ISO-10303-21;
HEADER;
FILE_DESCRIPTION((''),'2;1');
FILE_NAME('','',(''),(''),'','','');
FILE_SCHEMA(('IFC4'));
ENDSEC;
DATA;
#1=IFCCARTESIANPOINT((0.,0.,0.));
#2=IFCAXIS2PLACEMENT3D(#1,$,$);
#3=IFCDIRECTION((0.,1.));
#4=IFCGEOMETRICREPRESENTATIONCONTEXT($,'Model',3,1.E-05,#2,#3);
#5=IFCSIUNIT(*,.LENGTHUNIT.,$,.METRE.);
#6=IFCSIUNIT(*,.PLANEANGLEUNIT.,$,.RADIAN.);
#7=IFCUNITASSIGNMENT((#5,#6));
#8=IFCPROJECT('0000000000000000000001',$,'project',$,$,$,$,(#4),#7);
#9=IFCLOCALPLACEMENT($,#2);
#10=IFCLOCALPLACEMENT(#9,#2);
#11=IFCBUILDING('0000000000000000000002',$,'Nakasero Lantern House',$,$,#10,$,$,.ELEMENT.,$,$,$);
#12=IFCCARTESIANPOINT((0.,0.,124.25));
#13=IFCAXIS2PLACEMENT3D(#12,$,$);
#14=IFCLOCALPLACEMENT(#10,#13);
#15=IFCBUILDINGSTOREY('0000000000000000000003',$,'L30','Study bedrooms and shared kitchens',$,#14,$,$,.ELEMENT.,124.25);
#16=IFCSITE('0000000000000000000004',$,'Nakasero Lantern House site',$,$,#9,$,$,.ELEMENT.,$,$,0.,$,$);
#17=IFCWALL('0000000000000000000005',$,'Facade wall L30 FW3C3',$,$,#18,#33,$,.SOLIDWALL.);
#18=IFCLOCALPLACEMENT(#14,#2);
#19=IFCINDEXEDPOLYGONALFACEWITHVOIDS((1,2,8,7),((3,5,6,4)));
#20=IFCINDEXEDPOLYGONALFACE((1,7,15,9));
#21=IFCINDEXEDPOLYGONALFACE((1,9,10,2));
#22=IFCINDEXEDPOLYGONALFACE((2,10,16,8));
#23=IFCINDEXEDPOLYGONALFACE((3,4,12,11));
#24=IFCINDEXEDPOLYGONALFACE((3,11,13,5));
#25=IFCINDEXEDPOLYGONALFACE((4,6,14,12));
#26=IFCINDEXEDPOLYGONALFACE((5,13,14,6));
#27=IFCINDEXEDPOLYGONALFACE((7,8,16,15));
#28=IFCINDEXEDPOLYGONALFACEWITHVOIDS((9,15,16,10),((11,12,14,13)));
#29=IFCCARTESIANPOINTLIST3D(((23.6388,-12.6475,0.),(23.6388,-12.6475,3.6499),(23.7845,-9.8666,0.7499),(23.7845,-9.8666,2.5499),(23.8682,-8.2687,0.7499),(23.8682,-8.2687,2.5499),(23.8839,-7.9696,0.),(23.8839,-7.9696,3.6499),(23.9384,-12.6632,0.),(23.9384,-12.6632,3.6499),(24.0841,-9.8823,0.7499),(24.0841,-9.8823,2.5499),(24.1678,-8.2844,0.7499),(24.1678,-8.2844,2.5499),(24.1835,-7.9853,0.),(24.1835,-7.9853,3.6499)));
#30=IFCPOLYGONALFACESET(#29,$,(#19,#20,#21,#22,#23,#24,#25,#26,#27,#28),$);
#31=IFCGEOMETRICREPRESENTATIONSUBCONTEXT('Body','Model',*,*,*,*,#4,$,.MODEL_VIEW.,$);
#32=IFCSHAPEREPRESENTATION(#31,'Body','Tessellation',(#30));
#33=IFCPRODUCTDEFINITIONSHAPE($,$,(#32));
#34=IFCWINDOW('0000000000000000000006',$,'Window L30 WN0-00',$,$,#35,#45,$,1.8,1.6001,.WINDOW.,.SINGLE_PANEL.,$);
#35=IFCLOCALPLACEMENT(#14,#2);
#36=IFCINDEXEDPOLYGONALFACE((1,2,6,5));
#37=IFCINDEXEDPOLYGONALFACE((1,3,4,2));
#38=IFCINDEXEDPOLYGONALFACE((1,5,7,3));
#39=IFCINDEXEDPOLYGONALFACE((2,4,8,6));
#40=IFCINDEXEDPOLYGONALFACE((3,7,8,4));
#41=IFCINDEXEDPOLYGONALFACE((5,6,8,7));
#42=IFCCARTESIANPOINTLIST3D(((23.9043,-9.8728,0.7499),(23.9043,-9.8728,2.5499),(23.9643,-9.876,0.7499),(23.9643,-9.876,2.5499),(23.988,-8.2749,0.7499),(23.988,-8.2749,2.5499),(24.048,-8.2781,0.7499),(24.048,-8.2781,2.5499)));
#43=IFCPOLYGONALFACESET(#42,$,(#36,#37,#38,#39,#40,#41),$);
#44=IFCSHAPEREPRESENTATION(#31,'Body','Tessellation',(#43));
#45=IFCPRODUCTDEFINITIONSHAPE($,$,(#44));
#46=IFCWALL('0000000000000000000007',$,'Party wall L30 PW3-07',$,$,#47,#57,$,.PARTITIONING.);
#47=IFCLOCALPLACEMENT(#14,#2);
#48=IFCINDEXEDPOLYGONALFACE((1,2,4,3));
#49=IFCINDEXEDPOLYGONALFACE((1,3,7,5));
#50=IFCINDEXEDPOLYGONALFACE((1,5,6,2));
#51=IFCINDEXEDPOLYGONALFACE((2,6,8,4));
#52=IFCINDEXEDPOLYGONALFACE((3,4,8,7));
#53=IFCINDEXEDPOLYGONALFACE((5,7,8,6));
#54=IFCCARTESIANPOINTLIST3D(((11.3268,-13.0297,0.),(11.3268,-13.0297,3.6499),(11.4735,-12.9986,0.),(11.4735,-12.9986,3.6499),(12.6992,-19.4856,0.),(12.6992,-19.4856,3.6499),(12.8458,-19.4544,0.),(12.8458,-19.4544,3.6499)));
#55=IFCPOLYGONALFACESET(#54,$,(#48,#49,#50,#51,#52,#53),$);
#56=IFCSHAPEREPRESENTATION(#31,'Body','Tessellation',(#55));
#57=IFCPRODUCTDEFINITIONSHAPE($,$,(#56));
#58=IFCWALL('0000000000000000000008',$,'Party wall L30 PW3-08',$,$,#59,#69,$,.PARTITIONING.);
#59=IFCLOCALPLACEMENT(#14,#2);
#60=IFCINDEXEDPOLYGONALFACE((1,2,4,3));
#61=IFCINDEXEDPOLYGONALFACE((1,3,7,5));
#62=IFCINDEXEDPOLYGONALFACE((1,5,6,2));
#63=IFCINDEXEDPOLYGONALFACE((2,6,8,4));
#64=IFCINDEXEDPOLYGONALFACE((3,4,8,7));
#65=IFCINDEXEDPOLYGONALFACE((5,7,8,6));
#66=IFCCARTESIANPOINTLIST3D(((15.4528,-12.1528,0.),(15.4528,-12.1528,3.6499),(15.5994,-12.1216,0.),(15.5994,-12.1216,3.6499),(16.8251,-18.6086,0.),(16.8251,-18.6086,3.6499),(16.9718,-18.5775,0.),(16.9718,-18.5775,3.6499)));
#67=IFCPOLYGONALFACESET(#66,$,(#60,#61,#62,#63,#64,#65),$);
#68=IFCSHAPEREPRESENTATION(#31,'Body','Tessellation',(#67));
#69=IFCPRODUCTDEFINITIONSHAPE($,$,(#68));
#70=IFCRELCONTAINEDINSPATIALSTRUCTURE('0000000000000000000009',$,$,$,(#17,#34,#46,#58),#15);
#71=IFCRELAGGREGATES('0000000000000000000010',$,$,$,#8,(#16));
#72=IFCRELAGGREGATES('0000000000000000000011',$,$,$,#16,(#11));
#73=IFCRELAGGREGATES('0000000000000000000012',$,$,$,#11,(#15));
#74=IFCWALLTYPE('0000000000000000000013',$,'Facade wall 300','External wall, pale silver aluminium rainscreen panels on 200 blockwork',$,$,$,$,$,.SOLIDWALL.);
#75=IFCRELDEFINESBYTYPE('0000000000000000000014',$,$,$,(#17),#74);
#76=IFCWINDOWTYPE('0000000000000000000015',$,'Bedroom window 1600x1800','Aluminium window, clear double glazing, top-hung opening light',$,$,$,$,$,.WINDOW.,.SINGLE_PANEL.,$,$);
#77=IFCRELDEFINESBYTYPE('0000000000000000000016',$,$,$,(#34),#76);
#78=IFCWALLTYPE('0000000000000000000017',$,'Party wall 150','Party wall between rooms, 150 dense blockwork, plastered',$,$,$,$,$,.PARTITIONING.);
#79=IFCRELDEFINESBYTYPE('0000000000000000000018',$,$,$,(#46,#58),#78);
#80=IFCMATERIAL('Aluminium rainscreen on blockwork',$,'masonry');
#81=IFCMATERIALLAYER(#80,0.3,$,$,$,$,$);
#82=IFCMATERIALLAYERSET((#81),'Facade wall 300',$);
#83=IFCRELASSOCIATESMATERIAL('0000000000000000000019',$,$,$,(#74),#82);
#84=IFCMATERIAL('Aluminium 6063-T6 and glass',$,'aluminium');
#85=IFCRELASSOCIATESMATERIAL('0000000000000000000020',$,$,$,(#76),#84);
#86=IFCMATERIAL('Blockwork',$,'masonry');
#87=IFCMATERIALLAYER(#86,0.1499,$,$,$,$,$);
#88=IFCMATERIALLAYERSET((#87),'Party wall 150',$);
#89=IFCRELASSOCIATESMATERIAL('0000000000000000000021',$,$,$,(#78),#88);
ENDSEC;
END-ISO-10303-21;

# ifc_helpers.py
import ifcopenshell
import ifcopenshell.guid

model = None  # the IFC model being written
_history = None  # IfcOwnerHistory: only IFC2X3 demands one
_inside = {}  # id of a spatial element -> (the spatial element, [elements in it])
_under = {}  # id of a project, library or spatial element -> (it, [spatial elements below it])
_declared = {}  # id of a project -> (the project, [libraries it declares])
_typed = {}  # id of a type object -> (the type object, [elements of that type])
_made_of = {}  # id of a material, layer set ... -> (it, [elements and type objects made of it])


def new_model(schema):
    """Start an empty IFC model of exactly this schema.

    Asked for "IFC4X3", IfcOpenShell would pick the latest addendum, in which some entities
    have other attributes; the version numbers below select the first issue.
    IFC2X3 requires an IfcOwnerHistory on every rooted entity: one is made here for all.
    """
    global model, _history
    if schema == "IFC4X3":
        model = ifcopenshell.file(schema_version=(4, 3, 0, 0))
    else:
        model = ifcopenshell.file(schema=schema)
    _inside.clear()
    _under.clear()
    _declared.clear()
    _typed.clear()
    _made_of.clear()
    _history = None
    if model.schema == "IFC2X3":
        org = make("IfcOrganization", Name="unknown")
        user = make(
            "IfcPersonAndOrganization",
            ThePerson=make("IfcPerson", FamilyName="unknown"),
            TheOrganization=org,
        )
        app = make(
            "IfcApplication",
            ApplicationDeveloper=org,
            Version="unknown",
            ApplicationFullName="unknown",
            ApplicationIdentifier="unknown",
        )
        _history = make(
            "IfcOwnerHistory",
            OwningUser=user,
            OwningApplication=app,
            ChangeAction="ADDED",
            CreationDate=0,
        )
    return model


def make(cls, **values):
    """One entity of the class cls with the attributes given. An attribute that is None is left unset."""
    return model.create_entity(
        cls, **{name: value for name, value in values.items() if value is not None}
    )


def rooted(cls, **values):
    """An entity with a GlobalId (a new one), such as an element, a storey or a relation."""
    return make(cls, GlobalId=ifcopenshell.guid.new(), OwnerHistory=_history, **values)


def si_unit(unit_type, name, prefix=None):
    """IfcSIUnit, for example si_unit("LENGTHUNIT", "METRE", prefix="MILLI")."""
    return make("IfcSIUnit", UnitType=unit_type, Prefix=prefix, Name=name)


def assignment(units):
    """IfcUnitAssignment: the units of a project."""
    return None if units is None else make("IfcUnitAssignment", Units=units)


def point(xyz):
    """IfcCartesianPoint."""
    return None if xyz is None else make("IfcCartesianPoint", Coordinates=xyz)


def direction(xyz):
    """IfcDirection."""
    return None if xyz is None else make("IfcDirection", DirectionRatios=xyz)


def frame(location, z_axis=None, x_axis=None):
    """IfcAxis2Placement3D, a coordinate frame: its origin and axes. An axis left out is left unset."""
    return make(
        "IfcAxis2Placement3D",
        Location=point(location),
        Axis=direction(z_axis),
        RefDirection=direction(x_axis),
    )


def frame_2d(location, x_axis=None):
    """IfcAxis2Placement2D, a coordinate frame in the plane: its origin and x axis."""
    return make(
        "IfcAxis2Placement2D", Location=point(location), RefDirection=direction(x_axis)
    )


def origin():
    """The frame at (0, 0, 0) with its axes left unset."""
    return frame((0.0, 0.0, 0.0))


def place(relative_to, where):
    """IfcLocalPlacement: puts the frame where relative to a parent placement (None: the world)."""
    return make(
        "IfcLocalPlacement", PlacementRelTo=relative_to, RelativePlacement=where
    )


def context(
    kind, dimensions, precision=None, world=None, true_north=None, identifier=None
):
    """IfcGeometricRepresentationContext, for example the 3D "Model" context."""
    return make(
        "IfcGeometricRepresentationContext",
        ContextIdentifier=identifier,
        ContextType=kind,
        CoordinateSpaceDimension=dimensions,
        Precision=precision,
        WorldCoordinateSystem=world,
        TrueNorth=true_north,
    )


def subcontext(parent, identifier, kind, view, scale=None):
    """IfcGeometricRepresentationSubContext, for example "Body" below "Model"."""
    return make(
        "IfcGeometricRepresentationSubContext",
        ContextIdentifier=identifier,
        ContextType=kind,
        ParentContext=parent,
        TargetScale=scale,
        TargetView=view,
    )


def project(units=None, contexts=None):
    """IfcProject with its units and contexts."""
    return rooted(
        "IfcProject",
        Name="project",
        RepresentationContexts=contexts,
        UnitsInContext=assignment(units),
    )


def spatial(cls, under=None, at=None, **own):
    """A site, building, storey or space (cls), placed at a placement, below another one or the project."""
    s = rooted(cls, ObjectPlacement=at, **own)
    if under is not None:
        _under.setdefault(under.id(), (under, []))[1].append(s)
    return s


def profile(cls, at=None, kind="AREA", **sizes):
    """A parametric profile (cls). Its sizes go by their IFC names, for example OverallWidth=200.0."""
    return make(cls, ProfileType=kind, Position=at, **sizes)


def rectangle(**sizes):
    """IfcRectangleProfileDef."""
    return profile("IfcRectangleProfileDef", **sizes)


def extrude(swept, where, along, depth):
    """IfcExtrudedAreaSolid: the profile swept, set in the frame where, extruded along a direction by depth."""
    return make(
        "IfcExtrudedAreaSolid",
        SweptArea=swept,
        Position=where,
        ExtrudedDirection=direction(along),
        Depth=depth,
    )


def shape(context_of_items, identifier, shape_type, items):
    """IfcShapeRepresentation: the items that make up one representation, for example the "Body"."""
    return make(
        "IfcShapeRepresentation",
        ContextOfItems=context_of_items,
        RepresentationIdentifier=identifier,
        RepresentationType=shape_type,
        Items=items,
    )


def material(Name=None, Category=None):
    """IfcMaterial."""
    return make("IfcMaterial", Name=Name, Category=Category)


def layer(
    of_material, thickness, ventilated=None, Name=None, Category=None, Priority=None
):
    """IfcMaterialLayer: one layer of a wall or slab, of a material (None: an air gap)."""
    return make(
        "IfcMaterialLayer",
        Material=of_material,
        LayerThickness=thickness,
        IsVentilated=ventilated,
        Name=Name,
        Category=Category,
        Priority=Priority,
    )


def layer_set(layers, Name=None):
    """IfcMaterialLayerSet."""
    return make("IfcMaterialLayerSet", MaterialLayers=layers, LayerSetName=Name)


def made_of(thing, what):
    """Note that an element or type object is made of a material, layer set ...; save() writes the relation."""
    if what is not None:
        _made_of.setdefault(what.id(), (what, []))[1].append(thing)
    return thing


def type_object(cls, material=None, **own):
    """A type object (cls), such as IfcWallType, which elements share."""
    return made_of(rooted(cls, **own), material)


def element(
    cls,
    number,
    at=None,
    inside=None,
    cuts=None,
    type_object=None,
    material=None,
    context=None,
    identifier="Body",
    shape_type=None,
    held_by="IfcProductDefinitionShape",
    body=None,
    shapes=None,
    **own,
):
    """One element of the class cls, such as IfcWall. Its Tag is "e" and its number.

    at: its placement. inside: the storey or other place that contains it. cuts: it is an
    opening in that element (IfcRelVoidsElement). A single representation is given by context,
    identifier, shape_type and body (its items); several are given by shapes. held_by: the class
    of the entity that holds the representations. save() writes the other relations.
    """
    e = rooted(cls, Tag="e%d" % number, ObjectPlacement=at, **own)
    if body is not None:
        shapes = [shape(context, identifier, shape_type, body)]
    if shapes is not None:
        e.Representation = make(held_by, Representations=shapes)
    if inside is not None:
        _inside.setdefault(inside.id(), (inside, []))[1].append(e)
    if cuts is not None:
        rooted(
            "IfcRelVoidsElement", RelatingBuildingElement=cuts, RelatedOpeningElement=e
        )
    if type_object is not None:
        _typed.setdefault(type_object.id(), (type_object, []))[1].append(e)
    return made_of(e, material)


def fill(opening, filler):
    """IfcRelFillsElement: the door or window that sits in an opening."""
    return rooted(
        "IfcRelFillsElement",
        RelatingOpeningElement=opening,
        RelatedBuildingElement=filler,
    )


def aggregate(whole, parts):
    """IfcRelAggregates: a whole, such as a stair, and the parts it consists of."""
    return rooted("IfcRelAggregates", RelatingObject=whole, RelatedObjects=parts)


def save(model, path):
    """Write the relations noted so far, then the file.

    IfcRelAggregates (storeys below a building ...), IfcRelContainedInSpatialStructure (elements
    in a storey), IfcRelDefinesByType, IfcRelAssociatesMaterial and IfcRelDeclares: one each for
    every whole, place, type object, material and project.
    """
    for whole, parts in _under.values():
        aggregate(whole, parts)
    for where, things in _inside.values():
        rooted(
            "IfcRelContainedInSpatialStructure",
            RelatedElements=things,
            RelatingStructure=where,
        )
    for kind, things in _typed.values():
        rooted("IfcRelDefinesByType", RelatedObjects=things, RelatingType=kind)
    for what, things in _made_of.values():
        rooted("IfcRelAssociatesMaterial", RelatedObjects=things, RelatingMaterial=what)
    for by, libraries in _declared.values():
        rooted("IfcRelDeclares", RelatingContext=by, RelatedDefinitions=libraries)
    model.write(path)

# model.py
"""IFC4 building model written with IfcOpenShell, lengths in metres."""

from ifc_helpers import new_model, si_unit, direction, frame, frame_2d, origin, place, context, subcontext, project, spatial, rectangle, extrude, material, layer, layer_set, type_object, element, fill, save


model = new_model("IFC4")

# Units and contexts
model_context = context("Model", 3, precision=1e-05, world=origin(), true_north=direction((0.0, 1.0)))
body_context = subcontext(model_context, "Body", "Model", "MODEL_VIEW")
ifc_project = project(units=[si_unit("LENGTHUNIT", "METRE"), si_unit("PLANEANGLEUNIT", "RADIAN")], contexts=[model_context])

# Site, building, storey
site_placement = place(None, origin())
site = spatial("IfcSite", under=ifc_project, at=site_placement, Name="Nakasero Lantern House site", CompositionType="ELEMENT", RefElevation=0.0)
building_placement = place(site_placement, origin())
building = spatial("IfcBuilding", under=site, at=building_placement, Name="Nakasero Lantern House", CompositionType="ELEMENT")
storey_placement = place(building_placement, frame((0.0, 0.0, 124.25)))
storey = spatial("IfcBuildingStorey", under=building, at=storey_placement, Name="L30", Description="Study bedrooms and shared kitchens", CompositionType="ELEMENT", Elevation=124.25)

# Shared definitions
ifc_material_1 = material(Name="Aluminium rainscreen on blockwork", Category="masonry")
ifc_layer_1 = layer(ifc_material_1, 0.3)
ifc_layer_set_1 = layer_set([ifc_layer_1], Name="Facade wall 300")
wall_type_1 = type_object("IfcWallType", Name="Facade wall 300", Description="External wall, pale silver aluminium rainscreen panels on 200 blockwork", PredefinedType="SOLIDWALL", material=ifc_layer_set_1)

# Wall, opening, window
wall_1_placement = place(storey_placement, frame((23.7886, -12.6555, 0.0), z_axis=(0.0, 0.0, 1.0), x_axis=(0.052326, 0.99863, 0.0)))
wall_1 = element("IfcWall", 1, at=wall_1_placement, inside=storey, type_object=wall_type_1, Name="Facade wall L30 FW3C3", PredefinedType="SOLIDWALL", context=body_context, shape_type="SweptSolid", body=[
    extrude(rectangle(XDim=4.6843, YDim=0.3, at=frame_2d((2.3423, 0.0))), origin(), (0.0, 0.0, 1.0), 3.6499),
])
opening_1_placement = place(wall_1_placement, frame((2.7849, 0.0, 0.75)))
opening_1 = element("IfcOpeningElement", 2, at=opening_1_placement, cuts=wall_1, PredefinedType="OPENING", context=body_context, shape_type="SweptSolid", body=[
    extrude(rectangle(XDim=1.6001, YDim=1.8, at=frame_2d((0.8, 0.8999))), frame((0.0, 0.1699, 0.0), z_axis=(0.0, -1.0, 0.0), x_axis=(1.0, 0.0, 0.0)), (0.0, 0.0, 1.0), 0.3401),
])
ifc_material_2 = material(Name="Aluminium 6063-T6 and glass", Category="aluminium")
window_type_1 = type_object("IfcWindowType", Name="Bedroom window 1600x1800", Description="Aluminium window, clear double glazing, top-hung opening light", PartitioningType="SINGLE_PANEL", PredefinedType="WINDOW", material=ifc_material_2)
window_1_placement = place(opening_1_placement, origin())
window_1 = element("IfcWindow", 3, at=window_1_placement, inside=storey, type_object=window_type_1, Name="Window L30 WN0-00", OverallHeight=1.8, OverallWidth=1.6001, PartitioningType="SINGLE_PANEL", PredefinedType="WINDOW", context=body_context, shape_type="SweptSolid", body=[
    extrude(rectangle(XDim=1.6001, YDim=1.8, at=frame_2d((0.8, 0.8999))), frame((0.0, 0.03, 0.0), z_axis=(0.0, -1.0, 0.0), x_axis=(1.0, 0.0, 0.0)), (0.0, 0.0, 1.0), 0.0601),
])
fill(opening_1, window_1)

# Walls
ifc_material_3 = material(Name="Blockwork", Category="masonry")
ifc_layer_2 = layer(ifc_material_3, 0.1499)
ifc_layer_set_2 = layer_set([ifc_layer_2], Name="Party wall 150")
wall_type_2 = type_object("IfcWallType", Name="Party wall 150", Description="Party wall between rooms, 150 dense blockwork, plastered", PredefinedType="PARTITIONING", material=ifc_layer_set_2)
for number, where, z_axis, x_axis, name in (
    (4, (11.4001, -13.0142, 0.0), (0.0, 0.0, 1.0), (0.207925, -0.978145, 0.0), "Party wall L30 PW3-07"),
    (5, (15.5261, -12.1372, 0.0), (0.0, 0.0, 1.0), (0.207925, -0.978145, 0.0), "Party wall L30 PW3-08"),
):
    element("IfcWall", number, at=place(storey_placement, frame(where, z_axis=z_axis, x_axis=x_axis)), inside=storey, type_object=wall_type_2, Name=name, PredefinedType="PARTITIONING", context=body_context, shape_type="SweptSolid", body=[
        extrude(rectangle(XDim=6.6001, YDim=0.1499, at=frame_2d((3.3, 0.0))), origin(), (0.0, 0.0, 1.0), 3.6499),
    ])

save(model, "model.ifc")
